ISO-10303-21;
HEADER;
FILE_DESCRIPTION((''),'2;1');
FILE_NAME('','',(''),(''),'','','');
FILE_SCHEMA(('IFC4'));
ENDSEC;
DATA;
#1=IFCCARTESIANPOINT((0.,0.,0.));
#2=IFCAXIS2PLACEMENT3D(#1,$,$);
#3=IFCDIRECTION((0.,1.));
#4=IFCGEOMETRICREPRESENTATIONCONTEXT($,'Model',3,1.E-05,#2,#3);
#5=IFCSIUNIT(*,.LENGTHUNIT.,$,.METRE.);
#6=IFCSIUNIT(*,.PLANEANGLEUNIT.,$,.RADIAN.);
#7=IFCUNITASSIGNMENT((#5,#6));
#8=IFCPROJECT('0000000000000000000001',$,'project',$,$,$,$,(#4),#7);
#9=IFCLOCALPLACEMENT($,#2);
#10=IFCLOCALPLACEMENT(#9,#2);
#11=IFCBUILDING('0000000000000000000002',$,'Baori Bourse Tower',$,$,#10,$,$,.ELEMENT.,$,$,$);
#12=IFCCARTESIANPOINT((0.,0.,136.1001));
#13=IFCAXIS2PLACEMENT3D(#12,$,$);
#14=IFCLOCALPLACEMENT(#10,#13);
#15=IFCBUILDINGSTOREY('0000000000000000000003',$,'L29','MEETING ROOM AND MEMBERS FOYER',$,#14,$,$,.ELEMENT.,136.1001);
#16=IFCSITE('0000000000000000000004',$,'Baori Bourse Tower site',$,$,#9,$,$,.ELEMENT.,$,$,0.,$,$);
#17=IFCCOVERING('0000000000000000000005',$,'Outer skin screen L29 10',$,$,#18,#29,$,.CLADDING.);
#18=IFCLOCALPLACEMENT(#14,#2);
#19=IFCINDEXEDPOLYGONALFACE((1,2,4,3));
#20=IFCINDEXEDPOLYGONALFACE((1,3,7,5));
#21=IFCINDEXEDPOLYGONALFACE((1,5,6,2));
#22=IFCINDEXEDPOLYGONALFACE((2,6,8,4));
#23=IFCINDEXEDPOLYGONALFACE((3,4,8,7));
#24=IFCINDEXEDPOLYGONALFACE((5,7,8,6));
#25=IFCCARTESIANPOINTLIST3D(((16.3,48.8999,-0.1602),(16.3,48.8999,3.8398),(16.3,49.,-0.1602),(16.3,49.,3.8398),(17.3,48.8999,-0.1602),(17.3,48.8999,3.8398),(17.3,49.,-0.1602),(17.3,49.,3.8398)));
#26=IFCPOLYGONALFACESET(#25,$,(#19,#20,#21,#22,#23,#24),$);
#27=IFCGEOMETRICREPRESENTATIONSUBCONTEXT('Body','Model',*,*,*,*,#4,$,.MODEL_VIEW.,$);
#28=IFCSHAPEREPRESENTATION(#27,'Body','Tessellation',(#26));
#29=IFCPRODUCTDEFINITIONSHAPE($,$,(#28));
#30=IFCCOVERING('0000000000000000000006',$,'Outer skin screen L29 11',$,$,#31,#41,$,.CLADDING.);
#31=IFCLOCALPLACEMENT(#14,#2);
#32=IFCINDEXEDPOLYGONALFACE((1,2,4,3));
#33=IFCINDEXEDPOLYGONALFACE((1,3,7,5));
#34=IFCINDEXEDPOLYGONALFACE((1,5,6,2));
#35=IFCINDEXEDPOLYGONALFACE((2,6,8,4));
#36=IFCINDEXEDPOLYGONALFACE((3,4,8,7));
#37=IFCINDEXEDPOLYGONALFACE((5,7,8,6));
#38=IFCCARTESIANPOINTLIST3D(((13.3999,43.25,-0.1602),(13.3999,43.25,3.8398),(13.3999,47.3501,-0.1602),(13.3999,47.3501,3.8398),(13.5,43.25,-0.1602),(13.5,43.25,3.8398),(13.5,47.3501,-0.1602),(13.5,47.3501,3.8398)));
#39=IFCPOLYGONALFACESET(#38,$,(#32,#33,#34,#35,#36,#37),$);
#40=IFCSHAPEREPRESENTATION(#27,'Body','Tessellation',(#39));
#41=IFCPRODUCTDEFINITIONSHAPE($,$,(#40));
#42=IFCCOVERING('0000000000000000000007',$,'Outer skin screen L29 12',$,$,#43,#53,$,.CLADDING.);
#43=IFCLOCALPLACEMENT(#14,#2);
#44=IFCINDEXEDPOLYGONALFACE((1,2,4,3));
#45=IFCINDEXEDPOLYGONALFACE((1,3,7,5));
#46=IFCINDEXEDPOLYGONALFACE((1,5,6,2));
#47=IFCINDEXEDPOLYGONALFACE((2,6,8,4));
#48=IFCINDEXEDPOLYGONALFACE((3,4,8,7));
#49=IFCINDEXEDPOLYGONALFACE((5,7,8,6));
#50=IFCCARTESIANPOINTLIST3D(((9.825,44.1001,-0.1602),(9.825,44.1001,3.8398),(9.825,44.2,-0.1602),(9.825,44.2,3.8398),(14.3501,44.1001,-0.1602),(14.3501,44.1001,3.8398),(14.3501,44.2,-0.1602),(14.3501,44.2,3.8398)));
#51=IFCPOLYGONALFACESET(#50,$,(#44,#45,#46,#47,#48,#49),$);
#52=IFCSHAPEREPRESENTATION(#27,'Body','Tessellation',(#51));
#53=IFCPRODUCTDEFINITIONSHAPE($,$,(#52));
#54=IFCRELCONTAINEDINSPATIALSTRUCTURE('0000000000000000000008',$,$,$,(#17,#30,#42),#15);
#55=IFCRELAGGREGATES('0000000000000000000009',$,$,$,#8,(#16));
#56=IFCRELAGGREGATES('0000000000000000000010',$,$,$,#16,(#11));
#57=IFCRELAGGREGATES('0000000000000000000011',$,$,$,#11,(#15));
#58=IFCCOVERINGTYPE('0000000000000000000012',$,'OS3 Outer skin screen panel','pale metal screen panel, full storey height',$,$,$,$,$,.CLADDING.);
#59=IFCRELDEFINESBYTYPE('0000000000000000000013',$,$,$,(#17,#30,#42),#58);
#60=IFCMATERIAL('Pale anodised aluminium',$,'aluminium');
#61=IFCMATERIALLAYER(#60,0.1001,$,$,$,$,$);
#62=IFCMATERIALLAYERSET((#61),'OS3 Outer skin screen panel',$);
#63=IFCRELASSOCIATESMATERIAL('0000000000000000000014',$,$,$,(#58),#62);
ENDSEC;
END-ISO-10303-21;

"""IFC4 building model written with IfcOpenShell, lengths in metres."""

from ifc_helpers import new_model, si_unit, direction, frame, origin, place, context, subcontext, project, spatial, polyline, outline, extrude, material, layer, layer_set, type_object, element, save


model = new_model("IFC4")

# Units and contexts
model_context = context("Model", 3, precision=1e-05, world=origin(), true_north=direction((0.0, 1.0)))
body_context = subcontext(model_context, "Body", "Model", "MODEL_VIEW")
ifc_project = project(units=[si_unit("LENGTHUNIT", "METRE"), si_unit("PLANEANGLEUNIT", "RADIAN")], contexts=[model_context])

# Site, building, storey
site_placement = place(None, origin())
site = spatial("IfcSite", under=ifc_project, at=site_placement, Name="Baori Bourse Tower site", CompositionType="ELEMENT", RefElevation=0.0)
building_placement = place(site_placement, origin())
building = spatial("IfcBuilding", under=site, at=building_placement, Name="Baori Bourse Tower", CompositionType="ELEMENT")
storey_placement = place(building_placement, frame((0.0, 0.0, 136.1001)))
storey = spatial("IfcBuildingStorey", under=building, at=storey_placement, Name="L29", Description="MEETING ROOM AND MEMBERS FOYER", CompositionType="ELEMENT", Elevation=136.1001)

# Coverings
ifc_material_1 = material(Name="Pale anodised aluminium", Category="aluminium")
ifc_layer_1 = layer(ifc_material_1, 0.1001)
ifc_layer_set_1 = layer_set([ifc_layer_1], Name="OS3 Outer skin screen panel")
covering_type = type_object("IfcCoveringType", Name="OS3 Outer skin screen panel", Description="pale metal screen panel, full storey height", PredefinedType="CLADDING", material=ifc_layer_set_1)
covering_1_placement = place(storey_placement, frame((0.0, 0.0, -0.1602)))
element("IfcCovering", 1, at=covering_1_placement, inside=storey, type_object=covering_type, Name="Outer skin screen L29 10", PredefinedType="CLADDING", context=body_context, shape_type="SweptSolid", body=[
    extrude(outline(polyline([(16.3, 48.8999), (17.3, 48.8999), (17.3, 49.0), (16.3, 49.0), (16.3, 48.8999)])), origin(), (0.0, 0.0, 1.0), 4.0),
])
covering_2_placement = place(storey_placement, frame((0.0, 0.0, -0.1602)))
element("IfcCovering", 2, at=covering_2_placement, inside=storey, type_object=covering_type, Name="Outer skin screen L29 11", PredefinedType="CLADDING", context=body_context, shape_type="SweptSolid", body=[
    extrude(outline(polyline([(13.5, 43.25), (13.5, 47.3501), (13.3999, 47.3501), (13.3999, 43.25), (13.5, 43.25)])), origin(), (0.0, 0.0, 1.0), 4.0),
])
covering_3_placement = place(storey_placement, frame((0.0, 0.0, -0.1602)))
element("IfcCovering", 3, at=covering_3_placement, inside=storey, type_object=covering_type, Name="Outer skin screen L29 12", PredefinedType="CLADDING", context=body_context, shape_type="SweptSolid", body=[
    extrude(outline(polyline([(9.825, 44.1001), (14.3501, 44.1001), (14.3501, 44.2), (9.825, 44.2), (9.825, 44.1001)])), origin(), (0.0, 0.0, 1.0), 4.0),
])

save(model, "model.ifc")
